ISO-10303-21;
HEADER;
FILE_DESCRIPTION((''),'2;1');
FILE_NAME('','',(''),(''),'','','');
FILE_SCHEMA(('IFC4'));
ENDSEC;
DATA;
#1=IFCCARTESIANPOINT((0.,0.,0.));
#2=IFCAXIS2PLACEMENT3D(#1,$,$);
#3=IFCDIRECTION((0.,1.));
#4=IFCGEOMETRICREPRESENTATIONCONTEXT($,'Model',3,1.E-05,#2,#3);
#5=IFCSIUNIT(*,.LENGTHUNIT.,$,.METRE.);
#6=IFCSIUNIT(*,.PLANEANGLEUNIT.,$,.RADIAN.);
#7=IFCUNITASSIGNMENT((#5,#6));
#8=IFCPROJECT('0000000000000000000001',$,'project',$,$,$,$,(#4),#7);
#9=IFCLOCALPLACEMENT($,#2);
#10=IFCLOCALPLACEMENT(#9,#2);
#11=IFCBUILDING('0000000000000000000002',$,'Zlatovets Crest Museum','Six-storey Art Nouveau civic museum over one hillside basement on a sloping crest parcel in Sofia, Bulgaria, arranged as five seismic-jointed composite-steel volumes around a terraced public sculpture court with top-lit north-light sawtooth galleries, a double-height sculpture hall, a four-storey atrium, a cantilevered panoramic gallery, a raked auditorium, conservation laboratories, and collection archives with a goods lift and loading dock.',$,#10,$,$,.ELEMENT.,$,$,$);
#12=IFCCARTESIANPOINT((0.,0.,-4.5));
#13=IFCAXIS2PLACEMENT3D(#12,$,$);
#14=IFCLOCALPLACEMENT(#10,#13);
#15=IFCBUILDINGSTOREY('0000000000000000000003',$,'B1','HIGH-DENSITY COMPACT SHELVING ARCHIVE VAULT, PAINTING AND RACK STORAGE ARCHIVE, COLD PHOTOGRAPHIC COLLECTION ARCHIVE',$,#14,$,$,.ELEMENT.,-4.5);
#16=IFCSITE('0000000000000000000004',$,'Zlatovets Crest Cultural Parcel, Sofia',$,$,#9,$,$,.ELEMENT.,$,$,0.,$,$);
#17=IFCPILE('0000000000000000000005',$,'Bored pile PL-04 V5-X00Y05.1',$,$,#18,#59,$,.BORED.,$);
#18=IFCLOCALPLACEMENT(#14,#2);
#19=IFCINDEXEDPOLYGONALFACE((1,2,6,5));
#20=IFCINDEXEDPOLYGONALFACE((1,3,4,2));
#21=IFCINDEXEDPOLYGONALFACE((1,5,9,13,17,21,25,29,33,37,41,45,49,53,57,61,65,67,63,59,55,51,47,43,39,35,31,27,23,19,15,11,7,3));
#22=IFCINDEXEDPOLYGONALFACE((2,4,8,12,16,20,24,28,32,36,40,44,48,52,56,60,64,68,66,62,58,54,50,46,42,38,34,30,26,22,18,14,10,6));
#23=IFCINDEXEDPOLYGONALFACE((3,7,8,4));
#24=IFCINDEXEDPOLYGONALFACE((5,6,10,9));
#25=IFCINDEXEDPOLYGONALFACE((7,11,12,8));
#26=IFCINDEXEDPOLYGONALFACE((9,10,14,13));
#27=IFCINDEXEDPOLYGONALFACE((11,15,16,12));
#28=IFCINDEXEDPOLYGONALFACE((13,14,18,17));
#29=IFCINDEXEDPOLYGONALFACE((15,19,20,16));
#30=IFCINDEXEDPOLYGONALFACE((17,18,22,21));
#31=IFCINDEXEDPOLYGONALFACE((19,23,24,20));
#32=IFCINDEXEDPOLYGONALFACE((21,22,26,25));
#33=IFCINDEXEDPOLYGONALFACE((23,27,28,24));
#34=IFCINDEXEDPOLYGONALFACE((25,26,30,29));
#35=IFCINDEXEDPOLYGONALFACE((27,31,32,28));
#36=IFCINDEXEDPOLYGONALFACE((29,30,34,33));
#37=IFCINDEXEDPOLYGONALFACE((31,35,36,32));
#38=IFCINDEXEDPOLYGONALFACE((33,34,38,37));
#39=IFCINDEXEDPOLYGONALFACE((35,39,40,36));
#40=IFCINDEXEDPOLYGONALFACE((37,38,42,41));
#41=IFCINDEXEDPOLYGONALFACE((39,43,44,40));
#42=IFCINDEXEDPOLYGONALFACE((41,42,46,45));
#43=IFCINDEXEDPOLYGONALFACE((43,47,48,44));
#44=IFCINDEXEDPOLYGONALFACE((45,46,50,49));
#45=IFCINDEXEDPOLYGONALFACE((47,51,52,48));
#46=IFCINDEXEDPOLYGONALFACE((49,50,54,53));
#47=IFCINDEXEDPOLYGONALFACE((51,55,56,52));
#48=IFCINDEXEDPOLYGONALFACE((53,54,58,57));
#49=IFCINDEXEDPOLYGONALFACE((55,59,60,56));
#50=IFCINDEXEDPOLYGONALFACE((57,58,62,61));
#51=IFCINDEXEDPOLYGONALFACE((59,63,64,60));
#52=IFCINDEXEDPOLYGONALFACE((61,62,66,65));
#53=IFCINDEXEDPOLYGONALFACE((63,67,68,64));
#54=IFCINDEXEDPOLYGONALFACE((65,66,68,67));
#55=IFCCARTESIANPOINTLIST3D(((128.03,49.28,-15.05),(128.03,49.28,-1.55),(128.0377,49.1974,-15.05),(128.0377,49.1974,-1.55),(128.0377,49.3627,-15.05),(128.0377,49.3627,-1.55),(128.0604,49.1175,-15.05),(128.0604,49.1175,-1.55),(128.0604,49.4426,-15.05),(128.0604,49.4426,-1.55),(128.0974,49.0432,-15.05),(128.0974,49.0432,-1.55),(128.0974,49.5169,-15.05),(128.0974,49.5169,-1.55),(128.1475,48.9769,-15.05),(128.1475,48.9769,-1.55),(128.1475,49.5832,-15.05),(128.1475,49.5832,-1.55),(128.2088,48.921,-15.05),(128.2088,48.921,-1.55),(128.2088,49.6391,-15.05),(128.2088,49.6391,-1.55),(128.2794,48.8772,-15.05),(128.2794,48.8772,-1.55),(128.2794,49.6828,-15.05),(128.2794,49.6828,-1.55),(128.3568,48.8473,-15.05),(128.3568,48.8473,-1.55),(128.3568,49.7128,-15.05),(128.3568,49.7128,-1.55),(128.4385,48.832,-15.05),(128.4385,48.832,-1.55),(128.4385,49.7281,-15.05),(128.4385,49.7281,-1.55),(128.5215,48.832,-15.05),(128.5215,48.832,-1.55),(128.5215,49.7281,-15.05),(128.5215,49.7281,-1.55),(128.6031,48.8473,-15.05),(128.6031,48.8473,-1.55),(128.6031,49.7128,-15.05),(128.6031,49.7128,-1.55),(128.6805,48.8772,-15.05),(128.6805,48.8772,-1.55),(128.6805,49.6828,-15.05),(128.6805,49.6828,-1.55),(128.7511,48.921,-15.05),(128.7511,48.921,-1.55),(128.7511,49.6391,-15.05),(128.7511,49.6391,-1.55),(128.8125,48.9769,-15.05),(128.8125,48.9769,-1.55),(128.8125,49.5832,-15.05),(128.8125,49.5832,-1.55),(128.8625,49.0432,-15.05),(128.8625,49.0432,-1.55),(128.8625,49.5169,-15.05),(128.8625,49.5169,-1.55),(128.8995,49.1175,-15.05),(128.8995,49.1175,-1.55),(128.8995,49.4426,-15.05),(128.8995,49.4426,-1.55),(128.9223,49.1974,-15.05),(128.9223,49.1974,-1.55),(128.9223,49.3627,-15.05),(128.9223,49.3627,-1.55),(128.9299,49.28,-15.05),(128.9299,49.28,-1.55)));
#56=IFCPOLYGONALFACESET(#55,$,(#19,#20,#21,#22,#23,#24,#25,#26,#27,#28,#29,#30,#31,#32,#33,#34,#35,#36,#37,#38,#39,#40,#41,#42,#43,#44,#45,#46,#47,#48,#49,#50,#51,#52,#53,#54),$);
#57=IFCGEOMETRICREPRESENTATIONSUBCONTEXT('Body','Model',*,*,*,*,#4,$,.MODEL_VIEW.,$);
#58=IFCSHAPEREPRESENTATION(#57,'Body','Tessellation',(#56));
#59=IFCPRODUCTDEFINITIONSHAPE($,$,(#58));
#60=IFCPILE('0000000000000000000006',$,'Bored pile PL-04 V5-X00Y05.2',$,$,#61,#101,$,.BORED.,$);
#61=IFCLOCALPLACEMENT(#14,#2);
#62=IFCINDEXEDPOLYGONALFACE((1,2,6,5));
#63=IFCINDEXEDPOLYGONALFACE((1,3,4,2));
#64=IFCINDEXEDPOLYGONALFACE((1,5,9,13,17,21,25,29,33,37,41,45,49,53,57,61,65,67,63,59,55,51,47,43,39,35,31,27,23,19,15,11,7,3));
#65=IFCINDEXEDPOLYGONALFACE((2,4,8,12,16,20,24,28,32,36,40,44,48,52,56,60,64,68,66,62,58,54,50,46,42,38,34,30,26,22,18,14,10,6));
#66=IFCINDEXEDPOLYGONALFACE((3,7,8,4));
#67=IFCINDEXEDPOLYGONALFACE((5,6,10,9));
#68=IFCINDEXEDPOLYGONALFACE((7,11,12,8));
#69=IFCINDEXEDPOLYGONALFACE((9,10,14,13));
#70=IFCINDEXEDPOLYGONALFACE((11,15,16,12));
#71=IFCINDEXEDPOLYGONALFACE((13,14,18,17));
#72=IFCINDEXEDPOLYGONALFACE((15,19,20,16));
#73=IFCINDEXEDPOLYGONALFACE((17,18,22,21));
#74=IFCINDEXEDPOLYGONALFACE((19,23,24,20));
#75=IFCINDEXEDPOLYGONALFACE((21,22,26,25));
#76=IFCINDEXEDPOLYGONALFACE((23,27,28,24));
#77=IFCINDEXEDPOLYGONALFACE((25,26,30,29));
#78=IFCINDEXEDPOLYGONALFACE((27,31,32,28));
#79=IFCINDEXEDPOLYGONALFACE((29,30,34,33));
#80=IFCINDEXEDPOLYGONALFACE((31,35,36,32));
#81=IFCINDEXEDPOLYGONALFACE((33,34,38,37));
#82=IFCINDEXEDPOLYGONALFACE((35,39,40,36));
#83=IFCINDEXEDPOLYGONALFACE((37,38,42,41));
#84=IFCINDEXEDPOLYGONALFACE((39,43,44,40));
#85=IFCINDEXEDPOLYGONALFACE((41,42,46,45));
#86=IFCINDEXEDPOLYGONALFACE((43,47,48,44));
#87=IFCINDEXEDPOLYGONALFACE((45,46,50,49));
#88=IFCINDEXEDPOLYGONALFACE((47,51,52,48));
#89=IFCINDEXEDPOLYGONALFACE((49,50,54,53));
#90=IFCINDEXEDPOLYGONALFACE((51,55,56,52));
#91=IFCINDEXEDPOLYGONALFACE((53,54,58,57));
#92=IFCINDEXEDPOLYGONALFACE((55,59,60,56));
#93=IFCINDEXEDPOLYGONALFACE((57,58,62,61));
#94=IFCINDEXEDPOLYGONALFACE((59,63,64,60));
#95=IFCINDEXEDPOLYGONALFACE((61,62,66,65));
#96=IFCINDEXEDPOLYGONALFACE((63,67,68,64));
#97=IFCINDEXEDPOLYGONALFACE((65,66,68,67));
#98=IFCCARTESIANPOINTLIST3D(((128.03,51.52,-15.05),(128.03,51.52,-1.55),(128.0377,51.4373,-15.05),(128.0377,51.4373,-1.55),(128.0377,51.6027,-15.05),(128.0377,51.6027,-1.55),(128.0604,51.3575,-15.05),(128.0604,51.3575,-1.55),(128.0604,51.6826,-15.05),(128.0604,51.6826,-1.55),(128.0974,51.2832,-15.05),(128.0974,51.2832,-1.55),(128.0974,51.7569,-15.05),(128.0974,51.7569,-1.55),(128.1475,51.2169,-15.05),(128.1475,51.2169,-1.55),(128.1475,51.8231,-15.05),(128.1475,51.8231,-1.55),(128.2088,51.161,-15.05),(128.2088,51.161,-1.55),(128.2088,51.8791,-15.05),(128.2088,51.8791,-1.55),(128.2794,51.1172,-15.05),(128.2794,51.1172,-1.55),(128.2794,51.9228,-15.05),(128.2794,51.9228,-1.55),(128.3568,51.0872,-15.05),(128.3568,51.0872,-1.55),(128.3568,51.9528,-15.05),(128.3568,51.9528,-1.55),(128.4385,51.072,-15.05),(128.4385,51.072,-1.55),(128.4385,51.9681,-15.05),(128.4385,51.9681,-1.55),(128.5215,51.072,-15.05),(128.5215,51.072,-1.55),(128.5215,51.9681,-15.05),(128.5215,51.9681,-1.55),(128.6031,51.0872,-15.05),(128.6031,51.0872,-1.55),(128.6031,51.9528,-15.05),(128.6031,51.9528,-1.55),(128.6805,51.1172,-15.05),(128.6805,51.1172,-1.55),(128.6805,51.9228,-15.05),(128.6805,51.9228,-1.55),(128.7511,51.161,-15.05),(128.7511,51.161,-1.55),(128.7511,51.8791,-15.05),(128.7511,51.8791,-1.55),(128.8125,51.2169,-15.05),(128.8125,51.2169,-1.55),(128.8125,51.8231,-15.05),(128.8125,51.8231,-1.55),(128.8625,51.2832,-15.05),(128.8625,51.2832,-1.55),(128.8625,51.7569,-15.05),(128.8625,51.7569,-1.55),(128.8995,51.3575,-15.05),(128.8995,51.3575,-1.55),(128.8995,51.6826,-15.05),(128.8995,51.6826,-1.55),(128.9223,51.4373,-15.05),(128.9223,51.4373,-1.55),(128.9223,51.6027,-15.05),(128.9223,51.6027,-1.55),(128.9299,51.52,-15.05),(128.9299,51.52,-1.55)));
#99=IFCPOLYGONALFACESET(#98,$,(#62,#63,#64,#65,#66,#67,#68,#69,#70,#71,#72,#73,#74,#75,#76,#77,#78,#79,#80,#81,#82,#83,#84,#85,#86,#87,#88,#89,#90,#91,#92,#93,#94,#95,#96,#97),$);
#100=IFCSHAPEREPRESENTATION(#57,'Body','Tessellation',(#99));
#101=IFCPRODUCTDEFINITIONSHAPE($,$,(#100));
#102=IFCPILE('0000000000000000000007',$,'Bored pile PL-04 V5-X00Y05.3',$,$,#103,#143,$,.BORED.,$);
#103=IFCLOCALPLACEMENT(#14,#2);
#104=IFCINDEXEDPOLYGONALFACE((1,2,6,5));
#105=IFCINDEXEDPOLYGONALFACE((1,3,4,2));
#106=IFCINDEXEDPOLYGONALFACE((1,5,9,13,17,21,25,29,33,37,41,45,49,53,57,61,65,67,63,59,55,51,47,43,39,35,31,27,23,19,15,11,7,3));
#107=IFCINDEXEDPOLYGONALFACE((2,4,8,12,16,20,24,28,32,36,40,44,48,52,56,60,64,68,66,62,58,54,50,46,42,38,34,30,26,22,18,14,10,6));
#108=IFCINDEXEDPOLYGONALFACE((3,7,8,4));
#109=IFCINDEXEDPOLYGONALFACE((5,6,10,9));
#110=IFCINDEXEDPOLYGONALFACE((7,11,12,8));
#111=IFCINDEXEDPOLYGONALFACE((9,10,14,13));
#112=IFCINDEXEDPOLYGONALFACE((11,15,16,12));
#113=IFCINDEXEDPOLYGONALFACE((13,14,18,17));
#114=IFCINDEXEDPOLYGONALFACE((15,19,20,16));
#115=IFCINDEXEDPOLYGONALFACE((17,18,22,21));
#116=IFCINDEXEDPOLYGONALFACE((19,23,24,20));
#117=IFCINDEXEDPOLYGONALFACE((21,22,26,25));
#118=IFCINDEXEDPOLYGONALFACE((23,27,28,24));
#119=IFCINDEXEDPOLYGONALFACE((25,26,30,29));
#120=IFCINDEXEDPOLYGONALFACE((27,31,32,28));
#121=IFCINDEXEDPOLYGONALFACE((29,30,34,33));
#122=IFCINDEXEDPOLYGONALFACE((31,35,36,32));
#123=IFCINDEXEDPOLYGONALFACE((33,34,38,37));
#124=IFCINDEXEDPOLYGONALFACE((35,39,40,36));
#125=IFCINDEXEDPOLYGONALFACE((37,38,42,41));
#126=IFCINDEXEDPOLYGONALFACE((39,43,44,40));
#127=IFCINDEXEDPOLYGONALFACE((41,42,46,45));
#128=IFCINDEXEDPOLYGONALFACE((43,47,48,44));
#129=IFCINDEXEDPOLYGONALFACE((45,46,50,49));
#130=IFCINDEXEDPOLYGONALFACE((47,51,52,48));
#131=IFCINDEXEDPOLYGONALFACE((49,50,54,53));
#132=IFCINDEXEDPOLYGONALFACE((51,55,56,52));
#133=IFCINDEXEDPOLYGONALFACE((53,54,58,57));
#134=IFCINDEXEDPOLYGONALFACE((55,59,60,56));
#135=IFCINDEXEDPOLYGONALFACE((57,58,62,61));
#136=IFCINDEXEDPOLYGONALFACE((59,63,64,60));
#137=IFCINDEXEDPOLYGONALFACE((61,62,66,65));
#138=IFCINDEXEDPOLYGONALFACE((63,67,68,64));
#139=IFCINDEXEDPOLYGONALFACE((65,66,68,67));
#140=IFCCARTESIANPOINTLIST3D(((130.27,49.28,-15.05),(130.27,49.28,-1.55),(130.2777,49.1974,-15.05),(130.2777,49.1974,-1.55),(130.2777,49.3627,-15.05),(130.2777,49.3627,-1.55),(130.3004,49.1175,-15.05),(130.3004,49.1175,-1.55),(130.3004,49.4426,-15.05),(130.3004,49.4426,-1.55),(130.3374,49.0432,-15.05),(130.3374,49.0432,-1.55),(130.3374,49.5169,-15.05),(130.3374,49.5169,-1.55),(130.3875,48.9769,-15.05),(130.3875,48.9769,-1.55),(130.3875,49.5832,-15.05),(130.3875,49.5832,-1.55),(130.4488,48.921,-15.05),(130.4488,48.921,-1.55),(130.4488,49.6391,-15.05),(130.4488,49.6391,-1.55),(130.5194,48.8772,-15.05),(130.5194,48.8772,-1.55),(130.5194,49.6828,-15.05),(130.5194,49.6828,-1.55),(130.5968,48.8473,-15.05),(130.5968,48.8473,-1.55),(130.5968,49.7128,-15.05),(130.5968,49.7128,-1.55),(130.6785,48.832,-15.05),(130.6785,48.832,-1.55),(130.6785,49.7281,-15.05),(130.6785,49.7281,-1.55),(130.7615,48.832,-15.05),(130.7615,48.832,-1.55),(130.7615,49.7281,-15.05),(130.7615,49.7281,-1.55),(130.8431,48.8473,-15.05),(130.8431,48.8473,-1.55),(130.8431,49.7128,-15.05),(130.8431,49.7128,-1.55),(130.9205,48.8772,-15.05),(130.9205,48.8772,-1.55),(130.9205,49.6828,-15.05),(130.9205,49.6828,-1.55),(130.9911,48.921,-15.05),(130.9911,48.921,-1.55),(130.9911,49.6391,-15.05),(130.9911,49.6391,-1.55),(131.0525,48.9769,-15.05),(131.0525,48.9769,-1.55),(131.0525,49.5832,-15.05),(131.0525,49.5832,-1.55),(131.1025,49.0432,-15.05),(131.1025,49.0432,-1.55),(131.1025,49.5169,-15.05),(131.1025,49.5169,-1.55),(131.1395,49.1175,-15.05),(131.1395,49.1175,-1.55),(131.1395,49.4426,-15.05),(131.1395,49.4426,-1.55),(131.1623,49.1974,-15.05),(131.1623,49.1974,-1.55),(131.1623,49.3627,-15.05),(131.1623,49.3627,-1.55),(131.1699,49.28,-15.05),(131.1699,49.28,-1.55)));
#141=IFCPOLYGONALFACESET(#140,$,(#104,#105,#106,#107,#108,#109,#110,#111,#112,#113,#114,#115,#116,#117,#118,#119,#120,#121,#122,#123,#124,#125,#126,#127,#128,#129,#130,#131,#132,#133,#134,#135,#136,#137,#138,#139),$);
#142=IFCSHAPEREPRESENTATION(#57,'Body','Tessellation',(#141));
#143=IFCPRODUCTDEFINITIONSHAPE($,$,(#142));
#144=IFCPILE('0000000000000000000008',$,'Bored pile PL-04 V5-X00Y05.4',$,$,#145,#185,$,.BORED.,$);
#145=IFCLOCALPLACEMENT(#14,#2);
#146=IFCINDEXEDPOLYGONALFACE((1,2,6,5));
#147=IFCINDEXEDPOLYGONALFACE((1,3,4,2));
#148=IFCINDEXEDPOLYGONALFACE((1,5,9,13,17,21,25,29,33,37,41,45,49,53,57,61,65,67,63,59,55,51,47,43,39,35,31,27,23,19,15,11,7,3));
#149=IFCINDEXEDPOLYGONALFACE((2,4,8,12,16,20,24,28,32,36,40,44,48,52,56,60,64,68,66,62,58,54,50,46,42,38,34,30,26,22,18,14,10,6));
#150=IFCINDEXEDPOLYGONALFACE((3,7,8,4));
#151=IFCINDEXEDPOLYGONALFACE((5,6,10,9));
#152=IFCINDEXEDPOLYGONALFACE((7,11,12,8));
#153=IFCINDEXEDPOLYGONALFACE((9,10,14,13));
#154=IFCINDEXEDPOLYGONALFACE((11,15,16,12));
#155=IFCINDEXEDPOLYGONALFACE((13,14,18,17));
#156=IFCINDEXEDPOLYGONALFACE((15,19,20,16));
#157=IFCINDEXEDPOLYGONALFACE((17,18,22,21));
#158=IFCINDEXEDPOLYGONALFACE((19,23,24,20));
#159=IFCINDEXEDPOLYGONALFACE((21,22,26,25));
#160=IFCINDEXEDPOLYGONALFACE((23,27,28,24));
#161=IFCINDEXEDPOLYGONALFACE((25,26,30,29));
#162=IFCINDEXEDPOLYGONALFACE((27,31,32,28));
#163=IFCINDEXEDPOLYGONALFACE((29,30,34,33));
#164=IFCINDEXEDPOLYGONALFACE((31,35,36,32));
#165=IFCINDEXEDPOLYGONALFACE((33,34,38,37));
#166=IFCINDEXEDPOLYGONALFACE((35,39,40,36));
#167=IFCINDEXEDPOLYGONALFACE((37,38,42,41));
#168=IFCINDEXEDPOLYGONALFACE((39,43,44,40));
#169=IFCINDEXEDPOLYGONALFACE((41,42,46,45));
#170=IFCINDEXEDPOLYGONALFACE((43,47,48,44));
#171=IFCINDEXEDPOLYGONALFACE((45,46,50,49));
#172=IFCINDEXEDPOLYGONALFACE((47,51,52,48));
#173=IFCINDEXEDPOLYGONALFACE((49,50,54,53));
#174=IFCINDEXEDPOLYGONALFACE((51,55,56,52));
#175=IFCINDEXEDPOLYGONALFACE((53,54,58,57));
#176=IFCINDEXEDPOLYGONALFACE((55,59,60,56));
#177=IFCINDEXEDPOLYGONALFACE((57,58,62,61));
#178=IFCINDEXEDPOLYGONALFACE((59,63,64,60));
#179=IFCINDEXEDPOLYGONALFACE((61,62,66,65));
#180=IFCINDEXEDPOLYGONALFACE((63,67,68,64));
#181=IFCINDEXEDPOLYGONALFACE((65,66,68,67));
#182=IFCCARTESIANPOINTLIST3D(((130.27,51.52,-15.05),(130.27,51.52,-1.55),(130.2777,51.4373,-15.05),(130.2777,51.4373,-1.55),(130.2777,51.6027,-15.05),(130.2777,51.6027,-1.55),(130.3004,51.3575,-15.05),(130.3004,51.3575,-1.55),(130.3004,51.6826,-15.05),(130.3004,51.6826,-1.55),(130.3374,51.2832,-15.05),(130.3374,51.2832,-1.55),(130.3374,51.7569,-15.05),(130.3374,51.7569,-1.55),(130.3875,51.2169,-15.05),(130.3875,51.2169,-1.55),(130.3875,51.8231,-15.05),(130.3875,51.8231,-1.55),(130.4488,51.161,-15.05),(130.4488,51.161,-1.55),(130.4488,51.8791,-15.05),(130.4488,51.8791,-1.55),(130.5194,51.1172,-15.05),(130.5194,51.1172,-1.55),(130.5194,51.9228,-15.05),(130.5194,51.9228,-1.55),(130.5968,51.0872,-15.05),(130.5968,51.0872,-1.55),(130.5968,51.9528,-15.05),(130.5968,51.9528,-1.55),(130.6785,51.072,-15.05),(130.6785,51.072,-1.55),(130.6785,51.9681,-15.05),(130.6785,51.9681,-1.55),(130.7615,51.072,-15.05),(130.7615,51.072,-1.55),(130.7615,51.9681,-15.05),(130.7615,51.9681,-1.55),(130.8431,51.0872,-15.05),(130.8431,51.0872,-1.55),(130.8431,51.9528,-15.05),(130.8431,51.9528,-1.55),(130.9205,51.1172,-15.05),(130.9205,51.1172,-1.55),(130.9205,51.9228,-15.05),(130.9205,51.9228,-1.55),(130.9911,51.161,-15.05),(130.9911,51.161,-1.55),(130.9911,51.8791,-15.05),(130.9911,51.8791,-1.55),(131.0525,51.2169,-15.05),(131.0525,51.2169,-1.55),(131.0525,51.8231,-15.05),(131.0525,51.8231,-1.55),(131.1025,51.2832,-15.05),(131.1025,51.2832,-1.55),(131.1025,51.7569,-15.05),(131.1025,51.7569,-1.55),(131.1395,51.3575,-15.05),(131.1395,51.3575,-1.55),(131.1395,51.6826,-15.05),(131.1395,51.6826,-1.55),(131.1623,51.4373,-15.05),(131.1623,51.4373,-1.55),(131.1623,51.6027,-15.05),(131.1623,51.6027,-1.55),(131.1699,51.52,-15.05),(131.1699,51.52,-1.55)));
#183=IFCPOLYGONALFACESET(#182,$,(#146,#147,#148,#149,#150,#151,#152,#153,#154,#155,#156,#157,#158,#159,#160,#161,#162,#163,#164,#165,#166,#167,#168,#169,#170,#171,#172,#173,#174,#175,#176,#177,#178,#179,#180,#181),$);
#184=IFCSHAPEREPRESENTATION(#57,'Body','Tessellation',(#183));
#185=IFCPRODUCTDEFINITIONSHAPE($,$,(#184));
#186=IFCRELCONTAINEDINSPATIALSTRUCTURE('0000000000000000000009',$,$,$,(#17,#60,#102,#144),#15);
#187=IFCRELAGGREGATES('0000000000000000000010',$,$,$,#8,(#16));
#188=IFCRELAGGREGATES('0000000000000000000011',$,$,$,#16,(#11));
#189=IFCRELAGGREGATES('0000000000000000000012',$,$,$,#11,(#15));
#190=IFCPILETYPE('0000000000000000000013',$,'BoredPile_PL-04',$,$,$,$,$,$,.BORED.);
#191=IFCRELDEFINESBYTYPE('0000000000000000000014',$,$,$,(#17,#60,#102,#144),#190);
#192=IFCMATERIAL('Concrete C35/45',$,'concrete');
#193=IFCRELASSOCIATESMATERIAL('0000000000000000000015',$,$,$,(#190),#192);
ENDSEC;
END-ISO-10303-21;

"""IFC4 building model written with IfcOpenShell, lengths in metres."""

from ifc_helpers import new_model, si_unit, direction, frame, origin, origin_2d, place, context, subcontext, project, spatial, circle, extrude, material, material_profile, profile_set, type_object, element, save


model = new_model("IFC4")

# Units and contexts
model_context = context("Model", 3, precision=1e-05, world=origin(), true_north=direction((0.0, 1.0)))
body_context = subcontext(model_context, "Body", "Model", "MODEL_VIEW")
ifc_project = project(units=[si_unit("LENGTHUNIT", "METRE"), si_unit("PLANEANGLEUNIT", "RADIAN")], contexts=[model_context])

# Site, building, storey
site_placement = place(None, origin())
site = spatial("IfcSite", under=ifc_project, at=site_placement, Name="Zlatovets Crest Cultural Parcel, Sofia", CompositionType="ELEMENT", RefElevation=0.0)
building_placement = place(site_placement, origin())
building = spatial("IfcBuilding", under=site, at=building_placement, Name="Zlatovets Crest Museum", Description="Six-storey Art Nouveau civic museum over one hillside basement on a sloping crest parcel in Sofia, Bulgaria, arranged as five seismic-jointed composite-steel volumes around a terraced public sculpture court with top-lit north-light sawtooth galleries, a double-height sculpture hall, a four-storey atrium, a cantilevered panoramic gallery, a raked auditorium, conservation laboratories, and collection archives with a goods lift and loading dock.", CompositionType="ELEMENT")
storey_placement = place(building_placement, frame((0.0, 0.0, -4.5)))
storey = spatial("IfcBuildingStorey", under=building, at=storey_placement, Name="B1", Description="HIGH-DENSITY COMPACT SHELVING ARCHIVE VAULT, PAINTING AND RACK STORAGE ARCHIVE, COLD PHOTOGRAPHIC COLLECTION ARCHIVE", CompositionType="ELEMENT", Elevation=-4.5)

# Piles
ifc_material_1 = material(Name="Concrete C35/45", Category="concrete")
ifc_material_profile_1 = material_profile(ifc_material_1, circle(Radius=0.45, at=origin_2d()), Name="PILE D900")
ifc_profile_set_1 = profile_set([ifc_material_profile_1], Name="Concrete C35/45")
pile_type = type_object("IfcPileType", Name="BoredPile_PL-04", PredefinedType="BORED", material=ifc_profile_set_1)
for number, where, z_axis, x_axis, name in (
    (1, (128.48, 49.28, -1.55), (0.0, 0.0, -1.0), (1.0, 0.0, 0.0), "Bored pile PL-04 V5-X00Y05.1"),
    (2, (128.48, 51.52, -1.55), (0.0, 0.0, -1.0), (1.0, 0.0, 0.0), "Bored pile PL-04 V5-X00Y05.2"),
    (3, (130.72, 49.28, -1.55), (0.0, 0.0, -1.0), (1.0, 0.0, 0.0), "Bored pile PL-04 V5-X00Y05.3"),
    (4, (130.72, 51.52, -1.55), (0.0, 0.0, -1.0), (1.0, 0.0, 0.0), "Bored pile PL-04 V5-X00Y05.4"),
):
    element("IfcPile", number, at=place(storey_placement, frame(where, z_axis=z_axis, x_axis=x_axis)), inside=storey, type_object=pile_type, Name=name, PredefinedType="BORED", context=body_context, shape_type="SweptSolid", body=[
        extrude(circle(Radius=0.45, at=origin_2d()), origin(), (0.0, 0.0, 1.0), 13.5),
    ])

save(model, "model.ifc")
